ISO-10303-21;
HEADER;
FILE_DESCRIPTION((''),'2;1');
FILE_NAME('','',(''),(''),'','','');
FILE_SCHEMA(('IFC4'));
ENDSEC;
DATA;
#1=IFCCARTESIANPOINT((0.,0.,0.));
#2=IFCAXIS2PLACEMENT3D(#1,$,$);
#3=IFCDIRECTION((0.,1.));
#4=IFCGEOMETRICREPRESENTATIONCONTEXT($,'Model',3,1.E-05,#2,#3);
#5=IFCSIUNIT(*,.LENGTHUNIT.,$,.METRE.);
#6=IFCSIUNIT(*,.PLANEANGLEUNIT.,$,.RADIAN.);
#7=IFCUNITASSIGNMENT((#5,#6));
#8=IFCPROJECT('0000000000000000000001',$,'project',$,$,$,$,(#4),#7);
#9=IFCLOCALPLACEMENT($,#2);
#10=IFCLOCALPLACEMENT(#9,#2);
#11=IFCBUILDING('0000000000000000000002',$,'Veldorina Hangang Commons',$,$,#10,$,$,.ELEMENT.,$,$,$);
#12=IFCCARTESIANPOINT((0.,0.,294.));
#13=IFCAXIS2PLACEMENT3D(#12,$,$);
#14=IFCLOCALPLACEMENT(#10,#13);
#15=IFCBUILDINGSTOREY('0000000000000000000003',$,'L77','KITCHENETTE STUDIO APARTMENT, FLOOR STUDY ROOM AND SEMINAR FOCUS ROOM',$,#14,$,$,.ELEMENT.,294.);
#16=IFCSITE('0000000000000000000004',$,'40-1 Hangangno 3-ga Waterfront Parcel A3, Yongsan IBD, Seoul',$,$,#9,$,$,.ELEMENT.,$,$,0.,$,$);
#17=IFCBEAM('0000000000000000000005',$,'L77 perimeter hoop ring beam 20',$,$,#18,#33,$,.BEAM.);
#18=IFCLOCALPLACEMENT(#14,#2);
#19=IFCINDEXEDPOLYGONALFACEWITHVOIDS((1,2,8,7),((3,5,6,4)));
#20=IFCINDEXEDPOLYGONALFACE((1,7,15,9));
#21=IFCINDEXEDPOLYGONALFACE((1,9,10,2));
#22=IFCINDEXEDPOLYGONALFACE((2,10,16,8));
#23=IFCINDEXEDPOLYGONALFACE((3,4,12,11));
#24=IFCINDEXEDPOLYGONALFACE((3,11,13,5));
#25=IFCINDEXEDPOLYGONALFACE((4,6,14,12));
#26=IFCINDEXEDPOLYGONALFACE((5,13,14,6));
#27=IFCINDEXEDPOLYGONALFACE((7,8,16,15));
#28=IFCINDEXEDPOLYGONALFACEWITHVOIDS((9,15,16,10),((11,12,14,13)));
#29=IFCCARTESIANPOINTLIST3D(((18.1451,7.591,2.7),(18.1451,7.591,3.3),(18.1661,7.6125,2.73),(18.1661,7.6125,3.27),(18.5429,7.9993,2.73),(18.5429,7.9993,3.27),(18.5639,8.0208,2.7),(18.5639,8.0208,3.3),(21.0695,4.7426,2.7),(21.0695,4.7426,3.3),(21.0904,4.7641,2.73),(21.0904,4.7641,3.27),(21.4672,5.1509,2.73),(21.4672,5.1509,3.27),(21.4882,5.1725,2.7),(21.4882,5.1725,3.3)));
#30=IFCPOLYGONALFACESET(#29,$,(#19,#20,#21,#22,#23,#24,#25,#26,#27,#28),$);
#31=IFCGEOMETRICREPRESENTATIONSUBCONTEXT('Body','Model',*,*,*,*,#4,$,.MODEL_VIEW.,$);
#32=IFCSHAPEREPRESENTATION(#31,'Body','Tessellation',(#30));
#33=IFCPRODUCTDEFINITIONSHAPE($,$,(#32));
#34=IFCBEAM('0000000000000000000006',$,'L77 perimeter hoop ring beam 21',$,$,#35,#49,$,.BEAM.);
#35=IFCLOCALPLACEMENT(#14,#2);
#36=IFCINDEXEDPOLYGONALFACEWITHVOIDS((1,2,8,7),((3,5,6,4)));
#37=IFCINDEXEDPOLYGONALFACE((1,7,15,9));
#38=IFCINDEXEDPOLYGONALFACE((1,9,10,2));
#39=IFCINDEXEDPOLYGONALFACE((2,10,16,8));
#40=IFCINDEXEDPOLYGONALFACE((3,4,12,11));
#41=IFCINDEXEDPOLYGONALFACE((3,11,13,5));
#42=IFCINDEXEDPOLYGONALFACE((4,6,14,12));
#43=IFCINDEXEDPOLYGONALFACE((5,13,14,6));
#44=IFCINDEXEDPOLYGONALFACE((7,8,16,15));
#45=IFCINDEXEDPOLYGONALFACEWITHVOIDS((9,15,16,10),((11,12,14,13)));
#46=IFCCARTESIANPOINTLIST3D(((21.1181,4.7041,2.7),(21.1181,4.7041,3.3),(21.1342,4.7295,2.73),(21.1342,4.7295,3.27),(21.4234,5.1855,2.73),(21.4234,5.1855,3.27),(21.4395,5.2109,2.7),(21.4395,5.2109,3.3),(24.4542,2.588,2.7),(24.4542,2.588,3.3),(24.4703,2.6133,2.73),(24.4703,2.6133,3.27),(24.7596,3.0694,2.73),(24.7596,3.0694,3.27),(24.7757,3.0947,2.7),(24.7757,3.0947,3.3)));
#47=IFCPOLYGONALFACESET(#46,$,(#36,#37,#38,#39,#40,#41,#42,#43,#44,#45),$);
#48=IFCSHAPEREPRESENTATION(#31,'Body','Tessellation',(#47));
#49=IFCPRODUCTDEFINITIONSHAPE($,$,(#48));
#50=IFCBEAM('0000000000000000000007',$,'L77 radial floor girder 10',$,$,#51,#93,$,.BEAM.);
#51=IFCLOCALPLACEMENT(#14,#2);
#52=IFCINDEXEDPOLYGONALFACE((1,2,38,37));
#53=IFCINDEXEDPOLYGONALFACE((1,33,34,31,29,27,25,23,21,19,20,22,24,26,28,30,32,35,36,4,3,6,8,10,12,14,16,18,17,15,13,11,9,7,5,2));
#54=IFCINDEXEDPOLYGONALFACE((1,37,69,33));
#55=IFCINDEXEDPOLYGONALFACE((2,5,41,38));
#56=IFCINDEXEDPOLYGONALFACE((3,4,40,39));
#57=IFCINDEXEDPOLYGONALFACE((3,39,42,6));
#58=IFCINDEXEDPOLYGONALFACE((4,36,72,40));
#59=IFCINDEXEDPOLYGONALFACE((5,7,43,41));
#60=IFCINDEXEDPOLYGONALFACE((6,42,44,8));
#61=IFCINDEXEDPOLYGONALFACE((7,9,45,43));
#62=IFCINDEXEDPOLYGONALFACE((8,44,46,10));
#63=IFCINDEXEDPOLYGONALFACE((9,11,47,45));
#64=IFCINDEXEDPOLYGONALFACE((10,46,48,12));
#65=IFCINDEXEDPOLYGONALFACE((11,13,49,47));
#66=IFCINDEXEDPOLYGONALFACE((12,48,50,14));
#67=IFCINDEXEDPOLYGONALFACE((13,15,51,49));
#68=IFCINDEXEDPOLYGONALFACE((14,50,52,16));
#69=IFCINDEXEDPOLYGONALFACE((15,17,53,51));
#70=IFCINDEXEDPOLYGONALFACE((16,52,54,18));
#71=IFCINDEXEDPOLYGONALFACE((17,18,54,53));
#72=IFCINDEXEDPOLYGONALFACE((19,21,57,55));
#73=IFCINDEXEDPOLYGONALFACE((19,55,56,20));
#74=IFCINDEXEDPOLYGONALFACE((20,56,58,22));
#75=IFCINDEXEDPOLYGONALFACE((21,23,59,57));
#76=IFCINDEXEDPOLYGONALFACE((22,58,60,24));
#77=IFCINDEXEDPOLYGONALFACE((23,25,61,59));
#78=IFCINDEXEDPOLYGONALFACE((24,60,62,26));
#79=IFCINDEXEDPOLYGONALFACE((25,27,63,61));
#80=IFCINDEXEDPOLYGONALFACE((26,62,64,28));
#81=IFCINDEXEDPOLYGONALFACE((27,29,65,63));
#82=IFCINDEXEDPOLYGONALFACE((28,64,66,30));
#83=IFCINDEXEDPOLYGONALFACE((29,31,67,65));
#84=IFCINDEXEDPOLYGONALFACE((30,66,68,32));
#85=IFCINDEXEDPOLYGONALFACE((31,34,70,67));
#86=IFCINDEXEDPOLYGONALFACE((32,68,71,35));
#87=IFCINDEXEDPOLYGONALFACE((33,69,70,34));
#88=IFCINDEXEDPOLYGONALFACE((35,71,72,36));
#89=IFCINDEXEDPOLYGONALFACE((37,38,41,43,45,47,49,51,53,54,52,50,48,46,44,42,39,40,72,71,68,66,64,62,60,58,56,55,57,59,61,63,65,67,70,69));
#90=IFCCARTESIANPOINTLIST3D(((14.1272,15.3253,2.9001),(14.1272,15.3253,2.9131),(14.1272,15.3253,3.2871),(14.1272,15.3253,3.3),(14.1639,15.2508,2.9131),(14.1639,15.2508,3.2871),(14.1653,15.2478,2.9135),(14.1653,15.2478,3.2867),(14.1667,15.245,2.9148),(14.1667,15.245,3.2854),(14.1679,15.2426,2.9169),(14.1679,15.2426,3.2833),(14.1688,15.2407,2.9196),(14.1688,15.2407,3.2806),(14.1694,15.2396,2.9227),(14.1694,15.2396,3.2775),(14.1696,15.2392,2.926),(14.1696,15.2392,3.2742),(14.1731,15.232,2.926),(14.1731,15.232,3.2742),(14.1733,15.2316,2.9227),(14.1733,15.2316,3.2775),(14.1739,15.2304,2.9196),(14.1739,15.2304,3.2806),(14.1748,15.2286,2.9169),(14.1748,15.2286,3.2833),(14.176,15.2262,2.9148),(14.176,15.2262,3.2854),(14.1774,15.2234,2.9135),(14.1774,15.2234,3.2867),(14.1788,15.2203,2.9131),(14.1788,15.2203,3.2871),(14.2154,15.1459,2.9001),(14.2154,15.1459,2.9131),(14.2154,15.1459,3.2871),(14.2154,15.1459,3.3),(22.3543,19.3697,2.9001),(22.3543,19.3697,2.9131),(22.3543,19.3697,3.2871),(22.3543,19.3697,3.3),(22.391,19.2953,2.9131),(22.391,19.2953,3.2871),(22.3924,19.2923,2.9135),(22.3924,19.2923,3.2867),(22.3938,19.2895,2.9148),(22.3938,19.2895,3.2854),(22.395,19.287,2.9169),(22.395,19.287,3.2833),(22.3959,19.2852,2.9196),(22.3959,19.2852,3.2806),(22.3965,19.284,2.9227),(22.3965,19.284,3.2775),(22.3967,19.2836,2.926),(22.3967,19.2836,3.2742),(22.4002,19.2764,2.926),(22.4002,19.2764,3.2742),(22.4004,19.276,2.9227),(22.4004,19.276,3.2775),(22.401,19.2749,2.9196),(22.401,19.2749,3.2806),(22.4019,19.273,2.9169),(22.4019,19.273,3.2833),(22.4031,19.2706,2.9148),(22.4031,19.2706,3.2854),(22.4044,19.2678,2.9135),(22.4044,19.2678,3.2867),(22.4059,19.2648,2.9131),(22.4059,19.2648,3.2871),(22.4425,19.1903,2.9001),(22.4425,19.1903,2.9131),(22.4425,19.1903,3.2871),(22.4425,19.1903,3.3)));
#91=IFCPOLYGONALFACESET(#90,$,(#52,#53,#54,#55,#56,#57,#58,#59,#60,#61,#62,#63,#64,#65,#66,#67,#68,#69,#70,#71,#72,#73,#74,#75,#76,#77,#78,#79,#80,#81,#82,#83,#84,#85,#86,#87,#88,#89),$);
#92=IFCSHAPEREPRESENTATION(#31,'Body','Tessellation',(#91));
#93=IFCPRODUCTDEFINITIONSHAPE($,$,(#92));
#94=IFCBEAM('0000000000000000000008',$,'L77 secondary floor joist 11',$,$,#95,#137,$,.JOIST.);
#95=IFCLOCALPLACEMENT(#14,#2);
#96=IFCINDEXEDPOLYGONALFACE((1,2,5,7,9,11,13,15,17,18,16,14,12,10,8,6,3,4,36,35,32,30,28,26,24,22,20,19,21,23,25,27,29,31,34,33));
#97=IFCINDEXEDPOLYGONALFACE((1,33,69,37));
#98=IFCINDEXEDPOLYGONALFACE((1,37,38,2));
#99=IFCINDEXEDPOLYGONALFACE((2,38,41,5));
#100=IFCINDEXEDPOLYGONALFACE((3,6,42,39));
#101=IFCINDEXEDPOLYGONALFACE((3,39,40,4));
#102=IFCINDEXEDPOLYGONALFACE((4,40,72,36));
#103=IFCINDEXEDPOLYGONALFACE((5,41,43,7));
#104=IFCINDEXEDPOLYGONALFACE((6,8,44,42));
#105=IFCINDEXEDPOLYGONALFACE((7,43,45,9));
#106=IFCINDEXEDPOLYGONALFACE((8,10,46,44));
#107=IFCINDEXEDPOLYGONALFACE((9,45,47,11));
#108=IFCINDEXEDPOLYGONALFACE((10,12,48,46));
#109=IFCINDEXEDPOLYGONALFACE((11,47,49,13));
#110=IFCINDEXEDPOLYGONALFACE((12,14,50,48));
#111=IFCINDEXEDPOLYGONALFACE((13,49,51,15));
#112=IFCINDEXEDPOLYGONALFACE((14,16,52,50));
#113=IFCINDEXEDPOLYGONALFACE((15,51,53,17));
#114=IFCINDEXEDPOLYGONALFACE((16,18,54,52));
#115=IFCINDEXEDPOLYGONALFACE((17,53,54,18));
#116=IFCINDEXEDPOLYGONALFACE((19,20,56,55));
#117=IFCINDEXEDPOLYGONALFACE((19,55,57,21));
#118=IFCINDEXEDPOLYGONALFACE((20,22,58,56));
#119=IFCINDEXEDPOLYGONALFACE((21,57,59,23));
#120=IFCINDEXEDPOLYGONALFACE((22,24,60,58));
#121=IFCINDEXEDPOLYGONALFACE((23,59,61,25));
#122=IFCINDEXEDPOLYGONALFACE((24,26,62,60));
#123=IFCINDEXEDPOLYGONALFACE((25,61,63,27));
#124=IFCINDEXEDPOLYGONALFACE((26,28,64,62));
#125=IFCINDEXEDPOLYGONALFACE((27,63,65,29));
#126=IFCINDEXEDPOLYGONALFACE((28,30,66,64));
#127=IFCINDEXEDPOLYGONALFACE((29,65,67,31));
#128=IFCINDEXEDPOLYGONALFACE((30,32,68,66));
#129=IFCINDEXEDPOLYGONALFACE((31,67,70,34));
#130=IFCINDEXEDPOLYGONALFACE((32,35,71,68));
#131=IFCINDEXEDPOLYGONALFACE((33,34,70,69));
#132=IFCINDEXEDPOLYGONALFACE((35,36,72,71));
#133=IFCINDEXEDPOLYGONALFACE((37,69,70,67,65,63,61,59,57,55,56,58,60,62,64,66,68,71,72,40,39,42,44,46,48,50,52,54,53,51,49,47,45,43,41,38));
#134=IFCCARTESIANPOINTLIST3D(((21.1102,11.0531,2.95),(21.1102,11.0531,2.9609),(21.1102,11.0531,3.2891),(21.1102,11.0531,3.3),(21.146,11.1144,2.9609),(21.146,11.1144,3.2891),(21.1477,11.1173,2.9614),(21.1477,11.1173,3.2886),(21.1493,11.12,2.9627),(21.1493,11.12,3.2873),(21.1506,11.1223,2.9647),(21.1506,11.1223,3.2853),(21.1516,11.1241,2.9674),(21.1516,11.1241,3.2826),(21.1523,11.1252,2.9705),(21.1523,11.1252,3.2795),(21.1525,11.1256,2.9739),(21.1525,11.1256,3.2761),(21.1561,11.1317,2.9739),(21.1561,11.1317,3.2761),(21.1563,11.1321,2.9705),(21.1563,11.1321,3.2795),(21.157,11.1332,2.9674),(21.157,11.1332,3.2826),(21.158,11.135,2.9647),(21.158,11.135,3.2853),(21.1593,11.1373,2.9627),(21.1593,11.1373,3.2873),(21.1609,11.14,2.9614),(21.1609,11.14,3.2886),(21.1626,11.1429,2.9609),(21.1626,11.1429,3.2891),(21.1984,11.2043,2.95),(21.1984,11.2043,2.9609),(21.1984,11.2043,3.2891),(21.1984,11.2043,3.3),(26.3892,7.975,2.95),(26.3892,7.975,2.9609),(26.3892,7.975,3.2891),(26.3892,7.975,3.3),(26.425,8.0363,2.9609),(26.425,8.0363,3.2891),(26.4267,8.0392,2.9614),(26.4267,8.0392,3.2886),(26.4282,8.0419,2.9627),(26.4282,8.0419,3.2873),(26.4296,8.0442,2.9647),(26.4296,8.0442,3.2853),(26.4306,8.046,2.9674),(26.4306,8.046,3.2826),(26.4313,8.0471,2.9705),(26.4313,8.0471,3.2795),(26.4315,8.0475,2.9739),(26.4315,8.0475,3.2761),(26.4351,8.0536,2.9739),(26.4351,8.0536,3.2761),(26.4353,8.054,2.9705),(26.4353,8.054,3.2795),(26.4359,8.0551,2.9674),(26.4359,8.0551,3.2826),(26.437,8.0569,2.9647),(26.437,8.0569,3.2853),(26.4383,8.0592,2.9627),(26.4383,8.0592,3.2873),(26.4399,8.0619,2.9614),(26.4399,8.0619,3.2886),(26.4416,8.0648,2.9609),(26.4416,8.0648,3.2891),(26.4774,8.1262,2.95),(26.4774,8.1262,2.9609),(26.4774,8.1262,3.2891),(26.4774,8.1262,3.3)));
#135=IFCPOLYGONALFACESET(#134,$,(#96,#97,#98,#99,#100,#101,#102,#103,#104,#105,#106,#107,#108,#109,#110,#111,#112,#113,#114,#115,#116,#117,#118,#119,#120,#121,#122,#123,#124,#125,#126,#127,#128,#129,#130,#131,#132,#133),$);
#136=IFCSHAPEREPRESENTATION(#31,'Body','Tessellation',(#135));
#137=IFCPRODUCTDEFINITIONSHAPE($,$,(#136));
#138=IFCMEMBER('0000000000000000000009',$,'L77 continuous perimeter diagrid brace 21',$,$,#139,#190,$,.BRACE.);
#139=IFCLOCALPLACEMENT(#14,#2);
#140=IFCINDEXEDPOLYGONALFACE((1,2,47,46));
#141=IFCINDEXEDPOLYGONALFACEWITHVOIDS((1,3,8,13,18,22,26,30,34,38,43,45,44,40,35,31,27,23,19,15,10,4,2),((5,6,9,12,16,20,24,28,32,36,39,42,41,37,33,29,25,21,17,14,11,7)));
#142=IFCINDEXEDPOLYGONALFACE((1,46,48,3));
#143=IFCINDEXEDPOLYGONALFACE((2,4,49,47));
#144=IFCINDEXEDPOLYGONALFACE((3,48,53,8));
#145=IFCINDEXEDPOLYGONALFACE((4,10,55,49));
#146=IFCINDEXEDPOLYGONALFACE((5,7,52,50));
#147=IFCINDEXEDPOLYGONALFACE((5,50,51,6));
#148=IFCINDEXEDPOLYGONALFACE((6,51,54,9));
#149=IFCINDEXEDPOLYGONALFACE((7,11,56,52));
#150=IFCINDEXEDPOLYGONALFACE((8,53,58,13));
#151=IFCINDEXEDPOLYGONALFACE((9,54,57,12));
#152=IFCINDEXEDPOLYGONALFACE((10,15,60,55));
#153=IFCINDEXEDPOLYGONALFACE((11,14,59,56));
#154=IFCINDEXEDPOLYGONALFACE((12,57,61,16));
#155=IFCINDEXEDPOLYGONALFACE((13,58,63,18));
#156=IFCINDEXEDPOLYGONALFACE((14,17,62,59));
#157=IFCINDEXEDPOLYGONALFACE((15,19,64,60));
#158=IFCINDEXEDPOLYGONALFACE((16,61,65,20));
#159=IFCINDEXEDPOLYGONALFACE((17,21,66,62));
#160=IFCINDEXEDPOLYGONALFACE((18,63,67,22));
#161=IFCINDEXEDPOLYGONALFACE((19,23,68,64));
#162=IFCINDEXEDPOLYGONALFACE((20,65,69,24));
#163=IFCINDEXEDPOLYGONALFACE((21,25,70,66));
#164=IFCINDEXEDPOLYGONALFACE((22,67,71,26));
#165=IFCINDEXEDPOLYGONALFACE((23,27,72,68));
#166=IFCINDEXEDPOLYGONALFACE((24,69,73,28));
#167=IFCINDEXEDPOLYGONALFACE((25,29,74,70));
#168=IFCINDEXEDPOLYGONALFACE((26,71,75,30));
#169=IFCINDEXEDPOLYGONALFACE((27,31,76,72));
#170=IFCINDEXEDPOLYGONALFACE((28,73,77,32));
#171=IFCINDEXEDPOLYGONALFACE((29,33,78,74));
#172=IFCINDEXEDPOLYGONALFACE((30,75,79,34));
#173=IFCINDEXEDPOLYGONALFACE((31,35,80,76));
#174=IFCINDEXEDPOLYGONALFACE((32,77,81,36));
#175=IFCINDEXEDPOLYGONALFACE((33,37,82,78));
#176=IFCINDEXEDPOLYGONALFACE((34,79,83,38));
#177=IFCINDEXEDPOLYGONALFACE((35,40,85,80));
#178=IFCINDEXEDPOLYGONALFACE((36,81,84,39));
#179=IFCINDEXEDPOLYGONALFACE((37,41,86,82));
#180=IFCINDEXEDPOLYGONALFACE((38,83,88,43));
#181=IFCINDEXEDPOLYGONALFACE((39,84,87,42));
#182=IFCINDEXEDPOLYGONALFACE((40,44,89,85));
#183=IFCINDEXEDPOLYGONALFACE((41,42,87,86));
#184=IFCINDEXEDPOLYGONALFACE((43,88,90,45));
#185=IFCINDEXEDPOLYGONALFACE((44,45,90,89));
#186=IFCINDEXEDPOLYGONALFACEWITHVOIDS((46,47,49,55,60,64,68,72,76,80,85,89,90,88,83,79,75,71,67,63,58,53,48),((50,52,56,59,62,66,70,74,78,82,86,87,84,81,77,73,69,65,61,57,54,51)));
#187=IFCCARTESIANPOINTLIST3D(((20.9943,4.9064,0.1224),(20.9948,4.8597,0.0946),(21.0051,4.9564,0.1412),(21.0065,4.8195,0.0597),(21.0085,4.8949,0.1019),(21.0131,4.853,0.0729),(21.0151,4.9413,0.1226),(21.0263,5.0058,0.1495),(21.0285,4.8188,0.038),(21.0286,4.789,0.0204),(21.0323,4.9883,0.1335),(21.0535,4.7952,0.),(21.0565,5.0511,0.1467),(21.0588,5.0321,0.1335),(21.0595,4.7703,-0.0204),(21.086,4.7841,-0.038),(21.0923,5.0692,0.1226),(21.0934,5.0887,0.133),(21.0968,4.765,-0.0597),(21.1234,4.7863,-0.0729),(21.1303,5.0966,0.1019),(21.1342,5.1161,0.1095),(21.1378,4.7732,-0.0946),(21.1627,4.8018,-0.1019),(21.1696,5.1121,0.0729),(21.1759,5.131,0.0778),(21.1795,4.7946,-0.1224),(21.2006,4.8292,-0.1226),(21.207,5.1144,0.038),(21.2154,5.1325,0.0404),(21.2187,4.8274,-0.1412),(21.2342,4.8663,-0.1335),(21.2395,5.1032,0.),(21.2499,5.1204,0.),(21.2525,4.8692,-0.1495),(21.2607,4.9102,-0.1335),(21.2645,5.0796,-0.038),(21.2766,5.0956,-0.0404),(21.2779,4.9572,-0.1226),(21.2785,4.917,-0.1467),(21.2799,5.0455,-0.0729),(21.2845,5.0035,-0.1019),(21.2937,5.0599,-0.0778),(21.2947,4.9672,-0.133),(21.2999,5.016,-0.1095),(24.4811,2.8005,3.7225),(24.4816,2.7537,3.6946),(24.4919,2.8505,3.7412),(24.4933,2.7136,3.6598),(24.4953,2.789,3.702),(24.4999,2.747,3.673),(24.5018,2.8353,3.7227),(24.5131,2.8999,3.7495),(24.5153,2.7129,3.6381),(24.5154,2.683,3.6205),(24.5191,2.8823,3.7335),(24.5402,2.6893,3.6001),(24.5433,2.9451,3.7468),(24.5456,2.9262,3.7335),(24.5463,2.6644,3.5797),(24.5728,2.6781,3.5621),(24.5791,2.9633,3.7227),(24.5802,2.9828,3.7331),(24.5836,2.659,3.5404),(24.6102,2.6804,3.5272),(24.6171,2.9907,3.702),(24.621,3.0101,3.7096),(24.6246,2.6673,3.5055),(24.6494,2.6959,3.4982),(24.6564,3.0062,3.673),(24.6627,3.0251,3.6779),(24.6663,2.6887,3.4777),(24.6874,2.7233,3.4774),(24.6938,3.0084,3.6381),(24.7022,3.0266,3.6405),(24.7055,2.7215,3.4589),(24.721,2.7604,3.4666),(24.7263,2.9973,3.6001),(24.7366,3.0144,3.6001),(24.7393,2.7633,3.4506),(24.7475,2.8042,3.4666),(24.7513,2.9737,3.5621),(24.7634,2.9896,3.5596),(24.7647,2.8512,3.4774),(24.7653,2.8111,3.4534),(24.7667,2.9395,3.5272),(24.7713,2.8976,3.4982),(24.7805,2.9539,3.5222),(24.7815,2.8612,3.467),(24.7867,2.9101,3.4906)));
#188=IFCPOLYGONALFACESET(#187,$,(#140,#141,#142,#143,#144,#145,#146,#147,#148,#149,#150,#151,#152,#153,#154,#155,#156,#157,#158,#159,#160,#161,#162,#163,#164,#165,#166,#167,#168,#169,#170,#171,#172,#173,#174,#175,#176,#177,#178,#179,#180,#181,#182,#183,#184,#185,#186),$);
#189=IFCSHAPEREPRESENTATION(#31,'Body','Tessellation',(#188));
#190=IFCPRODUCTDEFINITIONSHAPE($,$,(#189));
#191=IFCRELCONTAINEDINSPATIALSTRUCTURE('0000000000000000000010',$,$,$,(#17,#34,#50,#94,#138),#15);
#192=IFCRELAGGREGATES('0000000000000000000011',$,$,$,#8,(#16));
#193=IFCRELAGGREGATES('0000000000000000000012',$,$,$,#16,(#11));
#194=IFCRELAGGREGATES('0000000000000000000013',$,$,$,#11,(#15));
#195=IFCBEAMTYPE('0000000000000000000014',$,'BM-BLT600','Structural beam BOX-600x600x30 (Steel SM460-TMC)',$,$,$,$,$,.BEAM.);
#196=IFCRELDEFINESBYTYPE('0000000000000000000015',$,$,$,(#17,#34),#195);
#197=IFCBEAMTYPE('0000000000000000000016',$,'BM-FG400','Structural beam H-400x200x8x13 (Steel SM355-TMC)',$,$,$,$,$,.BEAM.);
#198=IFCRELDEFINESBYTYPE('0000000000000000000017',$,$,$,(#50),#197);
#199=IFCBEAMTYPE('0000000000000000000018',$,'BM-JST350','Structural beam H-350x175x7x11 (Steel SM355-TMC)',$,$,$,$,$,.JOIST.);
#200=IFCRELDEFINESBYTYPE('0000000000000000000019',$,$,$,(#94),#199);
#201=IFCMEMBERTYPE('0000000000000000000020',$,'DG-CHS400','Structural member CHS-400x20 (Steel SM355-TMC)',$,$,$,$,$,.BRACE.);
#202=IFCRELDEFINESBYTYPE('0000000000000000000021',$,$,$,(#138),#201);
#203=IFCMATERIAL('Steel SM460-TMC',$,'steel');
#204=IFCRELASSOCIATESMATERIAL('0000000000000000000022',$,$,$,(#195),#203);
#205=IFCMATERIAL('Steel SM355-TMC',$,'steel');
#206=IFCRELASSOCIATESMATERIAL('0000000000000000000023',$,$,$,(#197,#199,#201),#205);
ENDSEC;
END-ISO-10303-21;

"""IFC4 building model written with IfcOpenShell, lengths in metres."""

from ifc_helpers import new_model, si_unit, direction, frame, origin, origin_2d, place, context, subcontext, project, spatial, hollow_rectangle, hollow_circle, i_section, extrude, material, material_profile, profile_set, type_object, element, save


model = new_model("IFC4")

# Units and contexts
model_context = context("Model", 3, precision=1e-05, world=origin(), true_north=direction((0.0, 1.0)))
body_context = subcontext(model_context, "Body", "Model", "MODEL_VIEW")
ifc_project = project(units=[si_unit("LENGTHUNIT", "METRE"), si_unit("PLANEANGLEUNIT", "RADIAN")], contexts=[model_context])

# Site, building, storey
site_placement = place(None, origin())
site = spatial("IfcSite", under=ifc_project, at=site_placement, Name="40-1 Hangangno 3-ga Waterfront Parcel A3, Yongsan IBD, Seoul", CompositionType="ELEMENT", RefElevation=0.0)
building_placement = place(site_placement, origin())
building = spatial("IfcBuilding", under=site, at=building_placement, Name="Veldorina Hangang Commons", CompositionType="ELEMENT")
storey_placement = place(building_placement, frame((0.0, 0.0, 294.0)))
storey = spatial("IfcBuildingStorey", under=building, at=storey_placement, Name="L77", Description="KITCHENETTE STUDIO APARTMENT, FLOOR STUDY ROOM AND SEMINAR FOCUS ROOM", CompositionType="ELEMENT", Elevation=294.0)

# Beams
ifc_material_1 = material(Name="Steel SM460-TMC", Category="steel")
ifc_material_profile_1 = material_profile(ifc_material_1, hollow_rectangle(XDim=0.6001, YDim=0.6001, WallThickness=0.03, at=origin_2d()), Name="BOX-600x600x30")
ifc_profile_set_1 = profile_set([ifc_material_profile_1], Name="Steel SM460-TMC")
beam_type_1 = type_object("IfcBeamType", Name="BM-BLT600", Description="Structural beam BOX-600x600x30 (Steel SM460-TMC)", PredefinedType="BEAM", material=ifc_profile_set_1)
beam_1_placement = place(storey_placement, frame((18.3545, 7.8059, 3.0), z_axis=(0.716345, -0.697746, 0.0), x_axis=(0.697746, 0.716345, 0.0)))
element("IfcBeam", 1, at=beam_1_placement, inside=storey, type_object=beam_type_1, Name="L77 perimeter hoop ring beam 20", PredefinedType="BEAM", context=body_context, shape_type="SweptSolid", body=[
    extrude(hollow_rectangle(XDim=0.6001, YDim=0.6001, WallThickness=0.03, at=origin_2d()), origin(), (0.0, 0.0, 1.0), 4.0823),
])
beam_2_placement = place(storey_placement, frame((21.2788, 4.9575, 3.0), z_axis=(0.844442, -0.535647, 0.0), x_axis=(0.535647, 0.844442, 0.0)))
element("IfcBeam", 2, at=beam_2_placement, inside=storey, type_object=beam_type_1, Name="L77 perimeter hoop ring beam 21", PredefinedType="BEAM", context=body_context, shape_type="SweptSolid", body=[
    extrude(hollow_rectangle(XDim=0.6001, YDim=0.6001, WallThickness=0.03, at=origin_2d()), origin(), (0.0, 0.0, 1.0), 3.9507),
])
ifc_material_2 = material(Name="Steel SM355-TMC", Category="steel")
ifc_material_profile_2 = material_profile(ifc_material_2, i_section(OverallWidth=0.2, OverallDepth=0.3999, WebThickness=0.0081, FlangeThickness=0.0129, FilletRadius=0.0129, at=origin_2d()), Name="H-400x200x8x13")
ifc_profile_set_2 = profile_set([ifc_material_profile_2], Name="Steel SM355-TMC")
beam_type_2 = type_object("IfcBeamType", Name="BM-FG400", Description="Structural beam H-400x200x8x13 (Steel SM355-TMC)", PredefinedType="BEAM", material=ifc_profile_set_2)
beam_3_placement = place(storey_placement, frame((22.3984, 19.28, 3.1001), z_axis=(-0.897422, -0.441174, 0.0), x_axis=(0.441174, -0.897422, 0.0)))
element("IfcBeam", 3, at=beam_3_placement, inside=storey, type_object=beam_type_2, Name="L77 radial floor girder 10", PredefinedType="BEAM", context=body_context, shape_type="SweptSolid", body=[
    extrude(i_section(OverallWidth=0.2, OverallDepth=0.3999, WebThickness=0.0081, FlangeThickness=0.0129, FilletRadius=0.0129, at=origin_2d()), origin(), (0.0, 0.0, 1.0), 9.1675),
])
ifc_material_profile_3 = material_profile(ifc_material_2, i_section(OverallWidth=0.175, OverallDepth=0.3501, WebThickness=0.0071, FlangeThickness=0.011, FilletRadius=0.0129, at=origin_2d()), Name="H-350x175x7x11")
ifc_profile_set_3 = profile_set([ifc_material_profile_3], Name="Steel SM355-TMC")
beam_type_3 = type_object("IfcBeamType", Name="BM-JST350", Description="Structural beam H-350x175x7x11 (Steel SM355-TMC)", PredefinedType="JOIST", material=ifc_profile_set_3)
beam_4_placement = place(storey_placement, frame((21.1543, 11.1287, 3.125), z_axis=(0.863873, -0.50371, 0.0), x_axis=(0.50371, 0.863873, 0.0)))
element("IfcBeam", 4, at=beam_4_placement, inside=storey, type_object=beam_type_3, Name="L77 secondary floor joist 11", PredefinedType="JOIST", context=body_context, shape_type="SweptSolid", body=[
    extrude(i_section(OverallWidth=0.175, OverallDepth=0.3501, WebThickness=0.0071, FlangeThickness=0.011, FilletRadius=0.0129, at=origin_2d()), origin(), (0.0, 0.0, 1.0), 6.1108),
])

# Member
ifc_material_profile_4 = material_profile(ifc_material_2, hollow_circle(Radius=0.2, WallThickness=0.02, at=origin_2d()), Name="CHS-400x20")
ifc_profile_set_4 = profile_set([ifc_material_profile_4], Name="Steel SM355-TMC")
member_type_1 = type_object("IfcMemberType", Name="DG-CHS400", Description="Structural member CHS-400x20 (Steel SM355-TMC)", PredefinedType="BRACE", material=ifc_profile_set_4)
member_1_placement = place(storey_placement, frame((21.1465, 4.9492, 0.0), z_axis=(0.641392, -0.387386, 0.66223), x_axis=(0.516997, 0.855987, 0.0)))
element("IfcMember", 5, at=member_1_placement, inside=storey, type_object=member_type_1, Name="L77 continuous perimeter diagrid brace 21", PredefinedType="BRACE", context=body_context, shape_type="SweptSolid", body=[
    extrude(hollow_circle(Radius=0.2, WallThickness=0.02, at=origin_2d()), origin(), (0.0, 0.0, 1.0), 5.4363),
])

save(model, "model.ifc")
